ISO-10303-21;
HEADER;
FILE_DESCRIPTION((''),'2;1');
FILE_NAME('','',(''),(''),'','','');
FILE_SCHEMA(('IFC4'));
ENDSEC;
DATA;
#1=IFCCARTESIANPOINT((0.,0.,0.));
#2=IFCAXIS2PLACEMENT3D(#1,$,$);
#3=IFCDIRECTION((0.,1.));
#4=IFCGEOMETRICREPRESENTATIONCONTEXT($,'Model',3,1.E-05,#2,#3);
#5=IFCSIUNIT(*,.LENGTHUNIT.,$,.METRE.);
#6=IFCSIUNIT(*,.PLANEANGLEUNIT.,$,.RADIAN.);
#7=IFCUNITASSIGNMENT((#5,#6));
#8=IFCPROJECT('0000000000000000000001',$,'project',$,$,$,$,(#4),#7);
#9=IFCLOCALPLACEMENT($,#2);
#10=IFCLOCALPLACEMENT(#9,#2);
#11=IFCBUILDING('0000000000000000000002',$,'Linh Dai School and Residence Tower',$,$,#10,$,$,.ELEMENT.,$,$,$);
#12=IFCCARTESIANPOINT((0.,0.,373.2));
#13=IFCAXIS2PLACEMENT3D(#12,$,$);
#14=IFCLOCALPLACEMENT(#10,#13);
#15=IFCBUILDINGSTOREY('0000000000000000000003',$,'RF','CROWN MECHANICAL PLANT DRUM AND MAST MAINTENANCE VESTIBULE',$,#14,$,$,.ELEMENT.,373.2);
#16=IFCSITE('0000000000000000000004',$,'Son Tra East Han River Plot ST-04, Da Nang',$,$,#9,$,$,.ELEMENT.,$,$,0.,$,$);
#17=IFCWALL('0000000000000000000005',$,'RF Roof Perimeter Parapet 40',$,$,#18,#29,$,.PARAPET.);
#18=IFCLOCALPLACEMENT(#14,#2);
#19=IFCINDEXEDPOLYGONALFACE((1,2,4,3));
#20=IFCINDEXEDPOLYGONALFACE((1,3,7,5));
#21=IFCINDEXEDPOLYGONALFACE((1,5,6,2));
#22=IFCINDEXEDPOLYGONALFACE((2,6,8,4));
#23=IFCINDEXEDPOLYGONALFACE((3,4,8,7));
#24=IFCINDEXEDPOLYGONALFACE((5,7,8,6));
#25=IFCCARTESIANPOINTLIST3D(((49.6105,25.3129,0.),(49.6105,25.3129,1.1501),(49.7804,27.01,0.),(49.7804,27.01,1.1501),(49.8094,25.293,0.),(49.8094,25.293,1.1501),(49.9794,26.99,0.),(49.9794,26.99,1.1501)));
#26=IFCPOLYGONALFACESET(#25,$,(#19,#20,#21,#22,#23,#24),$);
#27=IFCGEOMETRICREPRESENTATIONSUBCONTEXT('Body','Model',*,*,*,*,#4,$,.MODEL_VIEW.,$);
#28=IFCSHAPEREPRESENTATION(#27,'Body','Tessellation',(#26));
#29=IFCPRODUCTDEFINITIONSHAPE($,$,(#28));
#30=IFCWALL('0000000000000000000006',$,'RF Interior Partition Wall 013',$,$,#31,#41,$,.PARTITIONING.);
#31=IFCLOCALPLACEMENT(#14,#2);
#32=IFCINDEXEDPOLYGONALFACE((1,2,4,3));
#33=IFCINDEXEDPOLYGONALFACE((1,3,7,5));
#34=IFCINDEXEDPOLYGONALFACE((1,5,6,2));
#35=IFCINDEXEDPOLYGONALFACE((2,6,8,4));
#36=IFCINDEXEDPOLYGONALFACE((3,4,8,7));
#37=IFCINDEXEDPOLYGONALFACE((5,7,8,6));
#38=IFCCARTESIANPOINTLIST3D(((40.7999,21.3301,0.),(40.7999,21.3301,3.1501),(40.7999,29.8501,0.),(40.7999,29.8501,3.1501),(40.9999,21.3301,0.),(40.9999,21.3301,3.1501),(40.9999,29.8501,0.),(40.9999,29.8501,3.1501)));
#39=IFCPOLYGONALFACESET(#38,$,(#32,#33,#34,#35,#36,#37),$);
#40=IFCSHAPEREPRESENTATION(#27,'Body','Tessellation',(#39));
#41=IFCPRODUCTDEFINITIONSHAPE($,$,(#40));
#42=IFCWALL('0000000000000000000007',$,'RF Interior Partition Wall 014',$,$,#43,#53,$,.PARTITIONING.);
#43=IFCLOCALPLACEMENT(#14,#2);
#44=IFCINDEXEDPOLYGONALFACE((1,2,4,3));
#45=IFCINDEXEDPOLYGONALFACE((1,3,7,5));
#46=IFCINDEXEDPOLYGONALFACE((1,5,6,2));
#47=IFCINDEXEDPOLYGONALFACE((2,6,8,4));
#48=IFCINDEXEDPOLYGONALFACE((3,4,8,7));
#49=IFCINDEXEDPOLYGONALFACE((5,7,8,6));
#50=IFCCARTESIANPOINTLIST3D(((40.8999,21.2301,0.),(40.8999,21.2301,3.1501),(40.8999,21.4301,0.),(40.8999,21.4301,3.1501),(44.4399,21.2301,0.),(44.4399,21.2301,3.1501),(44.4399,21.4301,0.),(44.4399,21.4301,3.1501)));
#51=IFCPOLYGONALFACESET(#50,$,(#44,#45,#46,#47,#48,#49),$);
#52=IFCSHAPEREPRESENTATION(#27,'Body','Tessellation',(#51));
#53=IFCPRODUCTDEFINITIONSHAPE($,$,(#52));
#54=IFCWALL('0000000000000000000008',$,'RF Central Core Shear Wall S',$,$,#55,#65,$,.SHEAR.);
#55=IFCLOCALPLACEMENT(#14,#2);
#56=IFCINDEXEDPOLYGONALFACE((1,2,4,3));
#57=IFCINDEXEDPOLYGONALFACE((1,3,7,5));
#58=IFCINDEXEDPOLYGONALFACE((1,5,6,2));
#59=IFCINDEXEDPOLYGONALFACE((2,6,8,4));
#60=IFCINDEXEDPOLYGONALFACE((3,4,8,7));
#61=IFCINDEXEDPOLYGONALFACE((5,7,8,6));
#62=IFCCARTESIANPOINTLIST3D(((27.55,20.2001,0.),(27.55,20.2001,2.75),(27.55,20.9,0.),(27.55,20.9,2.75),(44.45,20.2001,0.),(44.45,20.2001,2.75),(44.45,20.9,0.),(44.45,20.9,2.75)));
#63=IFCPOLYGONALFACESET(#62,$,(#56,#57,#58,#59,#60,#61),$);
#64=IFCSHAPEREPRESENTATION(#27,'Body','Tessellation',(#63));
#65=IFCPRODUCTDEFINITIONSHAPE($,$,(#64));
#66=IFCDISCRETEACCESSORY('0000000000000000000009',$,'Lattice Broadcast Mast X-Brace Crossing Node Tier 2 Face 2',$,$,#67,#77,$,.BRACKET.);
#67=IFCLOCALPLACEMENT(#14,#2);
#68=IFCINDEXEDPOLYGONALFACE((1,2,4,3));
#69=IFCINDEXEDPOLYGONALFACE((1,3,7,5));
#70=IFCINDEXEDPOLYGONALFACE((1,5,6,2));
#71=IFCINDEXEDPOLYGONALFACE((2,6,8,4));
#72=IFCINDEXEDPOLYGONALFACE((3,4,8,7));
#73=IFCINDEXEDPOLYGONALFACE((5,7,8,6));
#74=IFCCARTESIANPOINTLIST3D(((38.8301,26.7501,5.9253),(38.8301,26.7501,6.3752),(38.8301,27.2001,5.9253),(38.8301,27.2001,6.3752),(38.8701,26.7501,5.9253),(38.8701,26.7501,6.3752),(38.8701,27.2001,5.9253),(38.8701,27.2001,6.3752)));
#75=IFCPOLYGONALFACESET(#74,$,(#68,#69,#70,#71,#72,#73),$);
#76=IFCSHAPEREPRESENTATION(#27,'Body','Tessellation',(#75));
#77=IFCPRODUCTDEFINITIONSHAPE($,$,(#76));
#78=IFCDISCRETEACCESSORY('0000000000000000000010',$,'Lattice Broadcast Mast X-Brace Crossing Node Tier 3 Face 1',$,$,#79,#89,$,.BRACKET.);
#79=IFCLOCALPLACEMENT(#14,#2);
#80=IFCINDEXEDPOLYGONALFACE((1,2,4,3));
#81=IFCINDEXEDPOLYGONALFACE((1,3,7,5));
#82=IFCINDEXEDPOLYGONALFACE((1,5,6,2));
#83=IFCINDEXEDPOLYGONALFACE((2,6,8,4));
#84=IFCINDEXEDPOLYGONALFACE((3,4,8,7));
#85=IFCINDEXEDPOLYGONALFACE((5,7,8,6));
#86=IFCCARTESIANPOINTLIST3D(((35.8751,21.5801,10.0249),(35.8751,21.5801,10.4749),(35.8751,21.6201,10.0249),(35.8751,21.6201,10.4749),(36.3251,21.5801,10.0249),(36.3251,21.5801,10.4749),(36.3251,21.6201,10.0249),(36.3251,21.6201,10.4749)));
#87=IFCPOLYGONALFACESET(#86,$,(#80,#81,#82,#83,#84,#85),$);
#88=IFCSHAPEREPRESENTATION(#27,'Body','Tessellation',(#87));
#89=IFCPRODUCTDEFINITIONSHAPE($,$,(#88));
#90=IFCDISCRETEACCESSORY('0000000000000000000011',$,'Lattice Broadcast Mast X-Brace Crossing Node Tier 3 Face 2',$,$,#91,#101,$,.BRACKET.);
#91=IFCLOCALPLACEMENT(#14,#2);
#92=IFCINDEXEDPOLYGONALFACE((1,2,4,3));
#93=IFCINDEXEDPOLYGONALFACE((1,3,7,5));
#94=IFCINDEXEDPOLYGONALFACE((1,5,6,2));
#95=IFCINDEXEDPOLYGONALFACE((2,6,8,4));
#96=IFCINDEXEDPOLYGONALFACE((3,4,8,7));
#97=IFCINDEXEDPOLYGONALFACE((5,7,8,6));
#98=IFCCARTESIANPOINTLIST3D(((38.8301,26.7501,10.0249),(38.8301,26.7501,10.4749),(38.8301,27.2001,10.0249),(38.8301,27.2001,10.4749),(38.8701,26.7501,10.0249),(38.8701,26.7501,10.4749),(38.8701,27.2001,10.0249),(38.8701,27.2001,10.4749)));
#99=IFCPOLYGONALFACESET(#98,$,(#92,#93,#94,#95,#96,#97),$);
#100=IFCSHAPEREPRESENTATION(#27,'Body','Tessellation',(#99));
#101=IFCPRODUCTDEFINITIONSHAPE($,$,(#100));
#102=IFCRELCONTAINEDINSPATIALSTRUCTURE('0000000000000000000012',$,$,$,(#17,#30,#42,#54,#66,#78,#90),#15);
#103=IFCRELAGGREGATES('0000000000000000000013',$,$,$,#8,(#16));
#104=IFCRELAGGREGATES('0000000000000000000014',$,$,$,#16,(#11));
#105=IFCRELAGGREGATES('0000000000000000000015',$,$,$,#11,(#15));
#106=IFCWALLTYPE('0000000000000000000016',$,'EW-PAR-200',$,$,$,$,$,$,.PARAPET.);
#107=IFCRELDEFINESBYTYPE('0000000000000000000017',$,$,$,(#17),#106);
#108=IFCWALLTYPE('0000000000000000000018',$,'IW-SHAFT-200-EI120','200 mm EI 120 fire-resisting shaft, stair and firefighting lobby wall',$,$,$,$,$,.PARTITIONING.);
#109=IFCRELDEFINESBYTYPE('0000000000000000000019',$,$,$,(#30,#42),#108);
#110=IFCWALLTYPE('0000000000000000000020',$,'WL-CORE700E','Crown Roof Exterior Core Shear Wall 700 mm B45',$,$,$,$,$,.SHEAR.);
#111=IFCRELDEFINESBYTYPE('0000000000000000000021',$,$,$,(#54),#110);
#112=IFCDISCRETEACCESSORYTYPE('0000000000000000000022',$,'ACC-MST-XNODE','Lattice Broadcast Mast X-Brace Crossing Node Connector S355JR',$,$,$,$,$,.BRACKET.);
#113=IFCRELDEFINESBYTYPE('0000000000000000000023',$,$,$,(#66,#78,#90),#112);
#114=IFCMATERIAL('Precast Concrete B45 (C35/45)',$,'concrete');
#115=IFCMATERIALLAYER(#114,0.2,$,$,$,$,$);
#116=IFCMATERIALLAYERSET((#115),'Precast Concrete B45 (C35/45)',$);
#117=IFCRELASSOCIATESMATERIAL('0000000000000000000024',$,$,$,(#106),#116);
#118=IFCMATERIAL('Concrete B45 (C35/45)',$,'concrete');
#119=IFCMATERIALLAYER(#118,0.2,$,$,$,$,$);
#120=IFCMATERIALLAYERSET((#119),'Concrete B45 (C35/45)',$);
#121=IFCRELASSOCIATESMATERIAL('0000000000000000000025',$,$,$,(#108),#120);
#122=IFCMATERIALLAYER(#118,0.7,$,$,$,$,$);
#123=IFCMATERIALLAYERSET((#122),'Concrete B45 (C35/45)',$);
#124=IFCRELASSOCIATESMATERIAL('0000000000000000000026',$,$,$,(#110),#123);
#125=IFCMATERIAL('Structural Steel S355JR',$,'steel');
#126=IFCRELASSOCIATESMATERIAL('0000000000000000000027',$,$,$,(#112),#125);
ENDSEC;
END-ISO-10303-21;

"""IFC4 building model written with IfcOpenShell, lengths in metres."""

from ifc_helpers import new_model, si_unit, direction, frame, frame_2d, origin, origin_2d, place, context, subcontext, project, spatial, rectangle, extrude, source, transform, mapped, material, layer, layer_set, type_object, element, save


model = new_model("IFC4")

# Units and contexts
model_context = context("Model", 3, precision=1e-05, world=origin(), true_north=direction((0.0, 1.0)))
body_context = subcontext(model_context, "Body", "Model", "MODEL_VIEW")
ifc_project = project(units=[si_unit("LENGTHUNIT", "METRE"), si_unit("PLANEANGLEUNIT", "RADIAN")], contexts=[model_context])

# Site, building, storey
site_placement = place(None, origin())
site = spatial("IfcSite", under=ifc_project, at=site_placement, Name="Son Tra East Han River Plot ST-04, Da Nang", CompositionType="ELEMENT", RefElevation=0.0)
building_placement = place(site_placement, origin())
building = spatial("IfcBuilding", under=site, at=building_placement, Name="Linh Dai School and Residence Tower", CompositionType="ELEMENT")
storey_placement = place(building_placement, frame((0.0, 0.0, 373.2)))
storey = spatial("IfcBuildingStorey", under=building, at=storey_placement, Name="RF", Description="CROWN MECHANICAL PLANT DRUM AND MAST MAINTENANCE VESTIBULE", CompositionType="ELEMENT", Elevation=373.2)

# Shared definitions
ifc_material_1 = material(Name="Concrete B45 (C35/45)", Category="concrete")
ifc_material_2 = material(Name="Structural Steel S355JR", Category="steel")

# Walls
ifc_material_3 = material(Name="Precast Concrete B45 (C35/45)", Category="concrete")
ifc_layer_1 = layer(ifc_material_3, 0.2)
ifc_layer_set_1 = layer_set([ifc_layer_1], Name="Precast Concrete B45 (C35/45)")
wall_type_1 = type_object("IfcWallType", Name="EW-PAR-200", PredefinedType="PARAPET", material=ifc_layer_set_1)
wall_1_placement = place(storey_placement, frame((49.8799, 27.0, 0.0), z_axis=(0.0, 0.0, 1.0), x_axis=(-0.099631, -0.995024, 0.0)))
element("IfcWall", 1, at=wall_1_placement, inside=storey, type_object=wall_type_1, Name="RF Roof Perimeter Parapet 40", PredefinedType="PARAPET", context=body_context, shape_type="SweptSolid", body=[
    extrude(rectangle(XDim=1.7056, YDim=0.2, at=frame_2d((0.8528, 0.0))), origin(), (0.0, 0.0, 1.0), 1.1501),
])
ifc_layer_2 = layer(ifc_material_1, 0.2)
ifc_layer_set_2 = layer_set([ifc_layer_2], Name="Concrete B45 (C35/45)")
wall_type_2 = type_object("IfcWallType", Name="IW-SHAFT-200-EI120", Description="200 mm EI 120 fire-resisting shaft, stair and firefighting lobby wall", PredefinedType="PARTITIONING", material=ifc_layer_set_2)
wall_2_placement = place(storey_placement, frame((40.8999, 21.3301, 0.0), z_axis=(0.0, 0.0, 1.0), x_axis=(0.0, 1.0, 0.0)))
element("IfcWall", 2, at=wall_2_placement, inside=storey, type_object=wall_type_2, Name="RF Interior Partition Wall 013", PredefinedType="PARTITIONING", context=body_context, shape_type="SweptSolid", body=[
    extrude(rectangle(XDim=8.52, YDim=0.2, at=frame_2d((4.26, 0.0))), origin(), (0.0, 0.0, 1.0), 3.1501),
])
wall_3_placement = place(storey_placement, frame((40.8999, 21.3301, 0.0), z_axis=(0.0, 0.0, 1.0), x_axis=(1.0, 0.0, 0.0)))
element("IfcWall", 3, at=wall_3_placement, inside=storey, type_object=wall_type_2, Name="RF Interior Partition Wall 014", PredefinedType="PARTITIONING", context=body_context, shape_type="SweptSolid", body=[
    extrude(rectangle(XDim=3.54, YDim=0.2, at=frame_2d((1.77, 0.0))), origin(), (0.0, 0.0, 1.0), 3.1501),
])
ifc_layer_3 = layer(ifc_material_1, 0.7)
ifc_layer_set_3 = layer_set([ifc_layer_3], Name="Concrete B45 (C35/45)")
wall_type_3 = type_object("IfcWallType", Name="WL-CORE700E", Description="Crown Roof Exterior Core Shear Wall 700 mm B45", PredefinedType="SHEAR", material=ifc_layer_set_3)
wall_4_placement = place(storey_placement, frame((44.45, 20.55, 0.0), z_axis=(0.0, 0.0, 1.0), x_axis=(-1.0, 0.0, 0.0)))
element("IfcWall", 4, at=wall_4_placement, inside=storey, type_object=wall_type_3, Name="RF Central Core Shear Wall S", PredefinedType="SHEAR", context=body_context, shape_type="SweptSolid", body=[
    extrude(rectangle(XDim=16.8999, YDim=0.7, at=frame_2d((8.45, 0.0))), origin(), (0.0, 0.0, 1.0), 2.75),
])

# Discrete accessories
discrete_accessory_type = type_object("IfcDiscreteAccessoryType", Name="ACC-MST-XNODE", Description="Lattice Broadcast Mast X-Brace Crossing Node Connector S355JR", PredefinedType="BRACKET", material=ifc_material_2)
shared_shape_1 = source(origin(), body_context, "Body", "SweptSolid", [
    extrude(rectangle(XDim=0.45, YDim=0.04, at=origin_2d()), origin(), (0.0, 0.0, 1.0), 0.45),
])
for number, where, z_axis, x_axis, name in (
    (5, (38.8501, 26.9751, 5.9253), (0.0, 0.0, 1.0), (0.0, 1.0, 0.0), "Lattice Broadcast Mast X-Brace Crossing Node Tier 2 Face 2"),
    (6, (36.1001, 21.6001, 10.0249), (0.0, 0.0, 1.0), (1.0, 0.0, 0.0), "Lattice Broadcast Mast X-Brace Crossing Node Tier 3 Face 1"),
    (7, (38.8501, 26.9751, 10.0249), (0.0, 0.0, 1.0), (0.0, 1.0, 0.0), "Lattice Broadcast Mast X-Brace Crossing Node Tier 3 Face 2"),
):
    element("IfcDiscreteAccessory", number, at=place(storey_placement, frame(where, z_axis=z_axis, x_axis=x_axis)), inside=storey, type_object=discrete_accessory_type, Name=name, PredefinedType="BRACKET", context=body_context, shape_type="MappedRepresentation", body=[
        mapped(shared_shape_1, transform((0.0, 0.0, 0.0), x_axis=(1.0, 0.0, 0.0), y_axis=(0.0, 1.0, 0.0), z_axis=(0.0, 0.0, 1.0), scale=1.0)),
    ])

save(model, "model.ifc")
